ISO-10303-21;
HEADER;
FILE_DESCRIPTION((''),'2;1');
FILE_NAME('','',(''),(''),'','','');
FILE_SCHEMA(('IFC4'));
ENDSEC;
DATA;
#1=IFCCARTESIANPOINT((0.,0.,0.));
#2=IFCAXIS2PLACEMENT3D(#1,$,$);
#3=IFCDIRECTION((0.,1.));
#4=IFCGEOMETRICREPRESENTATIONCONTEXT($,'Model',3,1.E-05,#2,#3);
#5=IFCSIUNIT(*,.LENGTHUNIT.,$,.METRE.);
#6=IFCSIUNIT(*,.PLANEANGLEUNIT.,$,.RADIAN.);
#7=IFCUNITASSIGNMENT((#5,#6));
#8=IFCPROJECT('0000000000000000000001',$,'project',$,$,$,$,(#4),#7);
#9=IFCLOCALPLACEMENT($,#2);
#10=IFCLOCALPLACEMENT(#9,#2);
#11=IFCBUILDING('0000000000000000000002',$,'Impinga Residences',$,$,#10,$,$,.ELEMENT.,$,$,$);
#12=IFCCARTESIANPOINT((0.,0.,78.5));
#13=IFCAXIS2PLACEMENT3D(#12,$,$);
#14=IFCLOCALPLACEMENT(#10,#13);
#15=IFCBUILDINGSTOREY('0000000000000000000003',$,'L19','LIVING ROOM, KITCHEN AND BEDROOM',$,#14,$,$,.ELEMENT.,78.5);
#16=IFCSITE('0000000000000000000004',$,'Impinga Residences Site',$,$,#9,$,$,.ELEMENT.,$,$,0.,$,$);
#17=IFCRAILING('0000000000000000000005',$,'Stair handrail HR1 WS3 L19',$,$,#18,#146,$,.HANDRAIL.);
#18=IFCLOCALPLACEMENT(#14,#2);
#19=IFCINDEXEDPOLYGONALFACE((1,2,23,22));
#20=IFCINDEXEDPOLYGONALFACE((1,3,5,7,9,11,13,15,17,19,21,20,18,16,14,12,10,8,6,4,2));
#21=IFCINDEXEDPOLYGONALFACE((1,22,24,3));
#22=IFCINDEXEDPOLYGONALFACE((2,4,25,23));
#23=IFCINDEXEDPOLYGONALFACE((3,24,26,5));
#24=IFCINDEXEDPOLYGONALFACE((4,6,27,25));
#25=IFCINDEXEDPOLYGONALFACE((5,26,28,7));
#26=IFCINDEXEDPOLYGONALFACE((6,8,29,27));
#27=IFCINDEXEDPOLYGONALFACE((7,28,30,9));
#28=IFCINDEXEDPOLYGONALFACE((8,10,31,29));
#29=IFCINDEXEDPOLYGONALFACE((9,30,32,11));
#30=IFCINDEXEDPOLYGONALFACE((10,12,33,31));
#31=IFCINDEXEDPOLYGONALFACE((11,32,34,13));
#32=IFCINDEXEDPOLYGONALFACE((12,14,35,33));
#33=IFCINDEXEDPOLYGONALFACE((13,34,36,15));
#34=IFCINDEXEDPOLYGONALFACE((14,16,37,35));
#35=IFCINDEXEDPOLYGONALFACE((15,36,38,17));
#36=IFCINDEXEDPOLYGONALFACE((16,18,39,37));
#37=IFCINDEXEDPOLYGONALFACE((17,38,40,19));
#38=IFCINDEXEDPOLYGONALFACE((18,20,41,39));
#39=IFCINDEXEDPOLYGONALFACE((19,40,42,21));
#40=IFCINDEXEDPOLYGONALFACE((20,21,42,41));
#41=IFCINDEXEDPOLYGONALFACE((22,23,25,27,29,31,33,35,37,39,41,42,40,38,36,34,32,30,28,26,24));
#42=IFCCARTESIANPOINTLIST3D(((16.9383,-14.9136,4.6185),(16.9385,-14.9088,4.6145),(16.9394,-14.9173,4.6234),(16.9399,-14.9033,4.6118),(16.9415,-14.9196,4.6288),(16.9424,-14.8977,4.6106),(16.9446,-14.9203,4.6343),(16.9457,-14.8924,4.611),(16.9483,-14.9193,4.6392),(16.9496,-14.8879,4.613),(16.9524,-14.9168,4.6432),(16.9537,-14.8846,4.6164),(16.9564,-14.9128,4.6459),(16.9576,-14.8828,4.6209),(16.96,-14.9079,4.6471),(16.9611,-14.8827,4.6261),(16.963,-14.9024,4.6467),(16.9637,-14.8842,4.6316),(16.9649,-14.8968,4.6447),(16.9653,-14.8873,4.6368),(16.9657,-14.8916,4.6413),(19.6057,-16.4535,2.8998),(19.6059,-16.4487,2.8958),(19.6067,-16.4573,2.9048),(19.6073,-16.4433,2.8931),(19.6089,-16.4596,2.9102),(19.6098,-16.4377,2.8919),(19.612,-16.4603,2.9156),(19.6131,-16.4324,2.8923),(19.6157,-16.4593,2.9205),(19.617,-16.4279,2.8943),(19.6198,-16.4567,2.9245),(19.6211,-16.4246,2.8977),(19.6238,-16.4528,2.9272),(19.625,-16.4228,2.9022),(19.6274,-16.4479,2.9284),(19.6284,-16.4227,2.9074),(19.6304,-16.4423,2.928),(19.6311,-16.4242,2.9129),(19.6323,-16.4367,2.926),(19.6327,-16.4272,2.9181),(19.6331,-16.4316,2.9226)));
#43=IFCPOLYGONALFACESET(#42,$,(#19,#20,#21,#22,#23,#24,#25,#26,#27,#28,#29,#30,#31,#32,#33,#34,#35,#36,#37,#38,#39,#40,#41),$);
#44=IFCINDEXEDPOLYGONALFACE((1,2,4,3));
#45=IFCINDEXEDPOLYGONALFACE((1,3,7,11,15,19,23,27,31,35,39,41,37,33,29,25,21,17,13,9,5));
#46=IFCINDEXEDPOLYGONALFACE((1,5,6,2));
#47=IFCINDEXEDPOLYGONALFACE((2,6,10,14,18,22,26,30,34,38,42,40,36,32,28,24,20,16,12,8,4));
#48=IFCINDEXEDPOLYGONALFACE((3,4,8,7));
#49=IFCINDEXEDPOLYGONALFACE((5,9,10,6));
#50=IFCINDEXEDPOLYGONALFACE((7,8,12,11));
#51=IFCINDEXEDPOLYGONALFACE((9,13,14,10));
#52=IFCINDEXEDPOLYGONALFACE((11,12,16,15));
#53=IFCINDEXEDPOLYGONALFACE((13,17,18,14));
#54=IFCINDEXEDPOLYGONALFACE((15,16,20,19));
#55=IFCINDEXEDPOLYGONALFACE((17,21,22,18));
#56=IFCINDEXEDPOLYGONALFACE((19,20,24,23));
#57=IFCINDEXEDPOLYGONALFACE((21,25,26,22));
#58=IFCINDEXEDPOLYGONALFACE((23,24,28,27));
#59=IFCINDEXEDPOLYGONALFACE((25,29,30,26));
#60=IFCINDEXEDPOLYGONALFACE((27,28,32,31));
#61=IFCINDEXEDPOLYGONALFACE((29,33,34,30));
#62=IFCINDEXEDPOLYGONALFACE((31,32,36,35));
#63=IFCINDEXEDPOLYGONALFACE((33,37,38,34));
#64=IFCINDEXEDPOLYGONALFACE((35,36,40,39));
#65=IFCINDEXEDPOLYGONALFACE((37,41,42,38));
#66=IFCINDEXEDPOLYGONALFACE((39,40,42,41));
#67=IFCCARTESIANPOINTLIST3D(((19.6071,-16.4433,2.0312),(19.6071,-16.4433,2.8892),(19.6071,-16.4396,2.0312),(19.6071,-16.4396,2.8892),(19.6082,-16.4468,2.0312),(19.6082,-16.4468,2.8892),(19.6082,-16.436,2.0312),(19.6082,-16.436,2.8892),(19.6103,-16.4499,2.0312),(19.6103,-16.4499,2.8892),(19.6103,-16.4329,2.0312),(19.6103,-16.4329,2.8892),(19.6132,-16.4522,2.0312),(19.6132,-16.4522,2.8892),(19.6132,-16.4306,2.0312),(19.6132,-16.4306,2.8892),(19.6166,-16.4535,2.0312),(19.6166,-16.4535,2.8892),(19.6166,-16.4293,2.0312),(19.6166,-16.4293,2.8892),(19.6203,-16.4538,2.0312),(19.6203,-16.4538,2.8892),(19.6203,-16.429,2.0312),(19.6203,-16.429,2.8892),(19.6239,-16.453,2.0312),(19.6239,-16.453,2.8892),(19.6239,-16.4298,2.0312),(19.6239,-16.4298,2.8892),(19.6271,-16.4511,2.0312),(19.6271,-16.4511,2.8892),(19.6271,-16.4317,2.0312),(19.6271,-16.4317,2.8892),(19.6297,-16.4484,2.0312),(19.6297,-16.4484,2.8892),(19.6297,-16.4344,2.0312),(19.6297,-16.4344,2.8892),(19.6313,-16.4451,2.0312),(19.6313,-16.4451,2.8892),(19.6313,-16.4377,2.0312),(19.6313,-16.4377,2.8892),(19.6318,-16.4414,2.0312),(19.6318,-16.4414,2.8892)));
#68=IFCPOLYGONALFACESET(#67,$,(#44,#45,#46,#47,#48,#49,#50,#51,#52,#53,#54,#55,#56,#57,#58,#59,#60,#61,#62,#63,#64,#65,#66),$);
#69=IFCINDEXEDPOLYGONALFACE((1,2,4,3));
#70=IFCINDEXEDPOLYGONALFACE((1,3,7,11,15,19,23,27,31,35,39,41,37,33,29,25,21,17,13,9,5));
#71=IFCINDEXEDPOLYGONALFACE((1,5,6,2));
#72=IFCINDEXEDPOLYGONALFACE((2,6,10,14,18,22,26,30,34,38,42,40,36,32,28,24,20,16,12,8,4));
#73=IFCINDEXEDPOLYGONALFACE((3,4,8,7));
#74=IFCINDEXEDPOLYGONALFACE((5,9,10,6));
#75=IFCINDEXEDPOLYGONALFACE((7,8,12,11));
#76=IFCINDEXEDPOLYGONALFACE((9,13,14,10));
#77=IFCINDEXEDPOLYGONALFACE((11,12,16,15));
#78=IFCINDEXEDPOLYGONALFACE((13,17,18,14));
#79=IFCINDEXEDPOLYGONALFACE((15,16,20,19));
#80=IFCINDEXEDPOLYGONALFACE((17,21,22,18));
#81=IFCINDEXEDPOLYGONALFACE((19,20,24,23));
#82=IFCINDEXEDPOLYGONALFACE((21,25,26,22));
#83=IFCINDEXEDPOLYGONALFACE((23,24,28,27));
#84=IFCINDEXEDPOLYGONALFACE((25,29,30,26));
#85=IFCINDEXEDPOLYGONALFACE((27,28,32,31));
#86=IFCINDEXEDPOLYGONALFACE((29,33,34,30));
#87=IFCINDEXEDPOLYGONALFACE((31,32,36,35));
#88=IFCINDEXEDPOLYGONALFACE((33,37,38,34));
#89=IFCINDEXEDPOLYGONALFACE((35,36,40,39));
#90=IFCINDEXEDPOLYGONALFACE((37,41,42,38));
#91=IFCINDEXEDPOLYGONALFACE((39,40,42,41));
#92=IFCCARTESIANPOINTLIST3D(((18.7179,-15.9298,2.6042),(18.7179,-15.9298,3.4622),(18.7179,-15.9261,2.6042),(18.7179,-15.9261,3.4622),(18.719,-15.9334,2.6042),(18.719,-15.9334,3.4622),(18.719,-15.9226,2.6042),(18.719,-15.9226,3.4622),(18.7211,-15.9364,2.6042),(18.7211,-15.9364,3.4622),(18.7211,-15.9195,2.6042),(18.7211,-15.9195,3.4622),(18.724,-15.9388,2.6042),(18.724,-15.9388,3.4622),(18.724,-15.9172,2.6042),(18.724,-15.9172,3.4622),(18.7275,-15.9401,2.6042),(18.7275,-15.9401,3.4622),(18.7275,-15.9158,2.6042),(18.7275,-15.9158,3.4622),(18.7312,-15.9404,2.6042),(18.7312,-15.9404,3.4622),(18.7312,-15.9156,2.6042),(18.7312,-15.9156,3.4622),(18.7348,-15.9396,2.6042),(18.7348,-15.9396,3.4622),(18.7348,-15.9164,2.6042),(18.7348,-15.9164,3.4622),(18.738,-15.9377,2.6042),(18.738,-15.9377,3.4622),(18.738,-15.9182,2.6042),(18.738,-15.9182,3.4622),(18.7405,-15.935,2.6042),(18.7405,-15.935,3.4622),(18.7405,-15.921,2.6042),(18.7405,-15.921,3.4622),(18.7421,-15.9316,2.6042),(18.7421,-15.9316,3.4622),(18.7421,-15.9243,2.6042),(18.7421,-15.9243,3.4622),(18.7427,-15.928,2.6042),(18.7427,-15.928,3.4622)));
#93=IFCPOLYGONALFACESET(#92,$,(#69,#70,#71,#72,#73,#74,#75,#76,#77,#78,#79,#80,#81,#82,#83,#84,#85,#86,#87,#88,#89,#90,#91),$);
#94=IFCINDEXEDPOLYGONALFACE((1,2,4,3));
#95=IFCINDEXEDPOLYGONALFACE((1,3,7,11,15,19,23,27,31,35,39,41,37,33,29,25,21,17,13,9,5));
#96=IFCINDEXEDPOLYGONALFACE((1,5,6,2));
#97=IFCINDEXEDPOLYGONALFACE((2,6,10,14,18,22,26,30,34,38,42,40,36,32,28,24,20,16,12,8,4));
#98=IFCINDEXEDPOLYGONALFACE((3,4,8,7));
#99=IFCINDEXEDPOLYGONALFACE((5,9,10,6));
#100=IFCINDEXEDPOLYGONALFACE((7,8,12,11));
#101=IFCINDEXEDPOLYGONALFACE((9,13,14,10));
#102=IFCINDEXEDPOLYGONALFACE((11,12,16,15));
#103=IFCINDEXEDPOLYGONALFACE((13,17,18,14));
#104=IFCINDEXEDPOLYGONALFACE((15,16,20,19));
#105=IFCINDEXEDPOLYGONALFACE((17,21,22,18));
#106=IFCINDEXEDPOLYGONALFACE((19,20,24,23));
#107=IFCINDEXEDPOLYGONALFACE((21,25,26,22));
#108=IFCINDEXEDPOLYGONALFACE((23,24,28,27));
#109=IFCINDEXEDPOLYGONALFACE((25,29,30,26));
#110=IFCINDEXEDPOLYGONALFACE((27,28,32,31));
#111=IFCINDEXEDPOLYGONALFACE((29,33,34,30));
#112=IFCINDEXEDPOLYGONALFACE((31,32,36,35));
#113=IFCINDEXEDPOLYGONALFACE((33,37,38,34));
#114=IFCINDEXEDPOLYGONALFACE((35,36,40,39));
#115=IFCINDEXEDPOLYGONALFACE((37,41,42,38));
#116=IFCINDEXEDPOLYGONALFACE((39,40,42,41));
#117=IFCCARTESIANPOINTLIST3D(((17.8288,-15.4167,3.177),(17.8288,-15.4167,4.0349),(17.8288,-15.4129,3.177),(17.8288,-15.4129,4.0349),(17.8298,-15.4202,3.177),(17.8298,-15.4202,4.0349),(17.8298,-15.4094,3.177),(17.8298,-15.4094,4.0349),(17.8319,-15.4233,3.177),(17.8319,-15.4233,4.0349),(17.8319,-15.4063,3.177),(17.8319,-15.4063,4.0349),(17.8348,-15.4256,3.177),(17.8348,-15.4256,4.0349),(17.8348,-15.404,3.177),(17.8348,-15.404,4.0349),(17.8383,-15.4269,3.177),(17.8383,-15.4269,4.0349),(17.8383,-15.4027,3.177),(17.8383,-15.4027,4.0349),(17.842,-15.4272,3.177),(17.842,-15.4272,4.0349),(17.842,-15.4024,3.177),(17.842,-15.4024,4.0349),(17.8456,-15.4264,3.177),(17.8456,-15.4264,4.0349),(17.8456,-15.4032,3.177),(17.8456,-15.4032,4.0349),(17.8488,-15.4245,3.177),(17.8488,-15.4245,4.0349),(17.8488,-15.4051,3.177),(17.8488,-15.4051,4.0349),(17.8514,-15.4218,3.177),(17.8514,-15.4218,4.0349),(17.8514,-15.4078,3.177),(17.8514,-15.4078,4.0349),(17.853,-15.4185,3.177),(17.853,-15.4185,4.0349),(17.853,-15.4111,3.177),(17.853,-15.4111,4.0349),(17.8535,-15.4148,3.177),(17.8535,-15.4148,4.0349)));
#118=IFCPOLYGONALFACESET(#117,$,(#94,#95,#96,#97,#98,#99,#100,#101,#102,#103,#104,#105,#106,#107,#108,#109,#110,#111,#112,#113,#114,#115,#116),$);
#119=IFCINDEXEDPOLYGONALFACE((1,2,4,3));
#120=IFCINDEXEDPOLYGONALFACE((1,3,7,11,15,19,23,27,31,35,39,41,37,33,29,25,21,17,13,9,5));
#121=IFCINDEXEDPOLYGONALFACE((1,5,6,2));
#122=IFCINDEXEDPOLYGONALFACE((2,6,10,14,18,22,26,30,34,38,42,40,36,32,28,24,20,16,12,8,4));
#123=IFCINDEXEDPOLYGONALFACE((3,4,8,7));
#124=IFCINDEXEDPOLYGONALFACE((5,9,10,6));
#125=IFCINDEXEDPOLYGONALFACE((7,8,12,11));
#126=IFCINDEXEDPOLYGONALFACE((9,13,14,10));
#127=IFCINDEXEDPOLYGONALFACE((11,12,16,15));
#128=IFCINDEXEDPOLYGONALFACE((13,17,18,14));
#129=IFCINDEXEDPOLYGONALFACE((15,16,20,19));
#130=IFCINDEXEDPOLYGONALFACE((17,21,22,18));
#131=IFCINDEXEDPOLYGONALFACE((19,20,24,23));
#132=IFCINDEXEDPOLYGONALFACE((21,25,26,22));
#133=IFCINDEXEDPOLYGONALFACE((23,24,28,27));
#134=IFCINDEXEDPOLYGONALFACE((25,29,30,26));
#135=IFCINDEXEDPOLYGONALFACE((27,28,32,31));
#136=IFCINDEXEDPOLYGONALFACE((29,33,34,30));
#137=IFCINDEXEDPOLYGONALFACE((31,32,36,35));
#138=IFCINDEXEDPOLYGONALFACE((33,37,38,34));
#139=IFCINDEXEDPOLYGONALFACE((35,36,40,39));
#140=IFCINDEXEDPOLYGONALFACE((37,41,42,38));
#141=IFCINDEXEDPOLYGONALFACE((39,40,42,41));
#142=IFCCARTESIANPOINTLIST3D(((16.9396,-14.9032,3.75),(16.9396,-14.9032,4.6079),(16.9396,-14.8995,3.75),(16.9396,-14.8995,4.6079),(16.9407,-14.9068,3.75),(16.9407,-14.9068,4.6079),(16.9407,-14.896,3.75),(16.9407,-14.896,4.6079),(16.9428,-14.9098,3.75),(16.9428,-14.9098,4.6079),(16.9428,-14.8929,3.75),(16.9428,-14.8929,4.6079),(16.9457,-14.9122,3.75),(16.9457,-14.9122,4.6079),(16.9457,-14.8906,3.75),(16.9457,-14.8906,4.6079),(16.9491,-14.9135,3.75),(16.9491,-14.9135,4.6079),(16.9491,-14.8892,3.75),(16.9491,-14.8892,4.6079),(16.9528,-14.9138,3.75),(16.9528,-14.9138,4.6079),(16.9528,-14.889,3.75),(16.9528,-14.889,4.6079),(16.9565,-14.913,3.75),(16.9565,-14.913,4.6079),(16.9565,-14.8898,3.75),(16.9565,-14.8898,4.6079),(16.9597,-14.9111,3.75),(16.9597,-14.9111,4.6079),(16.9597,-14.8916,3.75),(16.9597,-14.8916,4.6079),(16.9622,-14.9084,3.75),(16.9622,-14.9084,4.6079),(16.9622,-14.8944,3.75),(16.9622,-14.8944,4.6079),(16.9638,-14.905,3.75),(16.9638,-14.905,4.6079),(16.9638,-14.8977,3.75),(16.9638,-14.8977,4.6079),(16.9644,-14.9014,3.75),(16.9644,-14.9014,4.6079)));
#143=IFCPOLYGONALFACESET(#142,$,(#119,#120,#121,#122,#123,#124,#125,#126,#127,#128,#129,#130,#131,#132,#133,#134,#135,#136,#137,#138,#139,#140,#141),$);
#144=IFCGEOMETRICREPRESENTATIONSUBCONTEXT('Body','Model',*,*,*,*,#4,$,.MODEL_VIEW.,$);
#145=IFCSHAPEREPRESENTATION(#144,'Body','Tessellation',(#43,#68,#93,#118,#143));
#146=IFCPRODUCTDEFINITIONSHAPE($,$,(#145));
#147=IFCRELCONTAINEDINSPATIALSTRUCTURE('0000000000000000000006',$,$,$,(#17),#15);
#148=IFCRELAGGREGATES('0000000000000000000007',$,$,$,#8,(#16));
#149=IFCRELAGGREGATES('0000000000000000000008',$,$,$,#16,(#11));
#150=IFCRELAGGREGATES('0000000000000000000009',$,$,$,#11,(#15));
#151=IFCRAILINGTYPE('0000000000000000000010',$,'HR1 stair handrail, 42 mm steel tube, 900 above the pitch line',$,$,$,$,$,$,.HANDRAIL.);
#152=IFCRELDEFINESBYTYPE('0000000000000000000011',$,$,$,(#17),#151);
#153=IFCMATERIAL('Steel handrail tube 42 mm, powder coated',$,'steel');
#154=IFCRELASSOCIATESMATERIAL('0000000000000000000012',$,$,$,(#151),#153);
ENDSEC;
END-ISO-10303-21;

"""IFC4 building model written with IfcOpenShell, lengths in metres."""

from ifc_helpers import new_model, si_unit, direction, frame, origin, origin_2d, place, context, subcontext, project, spatial, circle, extrude, material, type_object, element, save


model = new_model("IFC4")

# Units and contexts
model_context = context("Model", 3, precision=1e-05, world=origin(), true_north=direction((0.0, 1.0)))
body_context = subcontext(model_context, "Body", "Model", "MODEL_VIEW")
ifc_project = project(units=[si_unit("LENGTHUNIT", "METRE"), si_unit("PLANEANGLEUNIT", "RADIAN")], contexts=[model_context])

# Site, building, storey
site_placement = place(None, origin())
site = spatial("IfcSite", under=ifc_project, at=site_placement, Name="Impinga Residences Site", CompositionType="ELEMENT", RefElevation=0.0)
building_placement = place(site_placement, origin())
building = spatial("IfcBuilding", under=site, at=building_placement, Name="Impinga Residences", CompositionType="ELEMENT")
storey_placement = place(building_placement, frame((0.0, 0.0, 78.5)))
storey = spatial("IfcBuildingStorey", under=building, at=storey_placement, Name="L19", Description="LIVING ROOM, KITCHEN AND BEDROOM", CompositionType="ELEMENT", Elevation=78.5)

# Railing
ifc_material_1 = material(Name="Steel handrail tube 42 mm, powder coated", Category="steel")
railing_type_1 = type_object("IfcRailingType", Name="HR1 stair handrail, 42 mm steel tube, 900 above the pitch line", PredefinedType="HANDRAIL", material=ifc_material_1)
railing_1_placement = place(storey_placement, frame((19.6194, -16.4414, 2.0312)))
element("IfcRailing", 1, at=railing_1_placement, inside=storey, type_object=railing_type_1, Name="Stair handrail HR1 WS3 L19", PredefinedType="HANDRAIL", context=body_context, shape_type="SweptSolid", body=[
    extrude(circle(Radius=0.021, at=origin_2d()), frame((0.0, 0.0, 0.8789), z_axis=(-0.756256, 0.436616, 0.487282), x_axis=(-0.499992, -0.86603, 0.0)), (0.0, 0.0, 1.0), 3.5271),
    extrude(circle(Radius=0.0125, at=origin_2d()), origin(), (0.0, 0.0, 1.0), 0.8579),
    extrude(circle(Radius=0.0125, at=origin_2d()), frame((-0.8892, 0.5134, 0.573)), (0.0, 0.0, 1.0), 0.8579),
    extrude(circle(Radius=0.0125, at=origin_2d()), frame((-1.7783, 1.0266, 1.1458)), (0.0, 0.0, 1.0), 0.8579),
    extrude(circle(Radius=0.0125, at=origin_2d()), frame((-2.6675, 1.54, 1.7188)), (0.0, 0.0, 1.0), 0.8579),
])

save(model, "model.ifc")
